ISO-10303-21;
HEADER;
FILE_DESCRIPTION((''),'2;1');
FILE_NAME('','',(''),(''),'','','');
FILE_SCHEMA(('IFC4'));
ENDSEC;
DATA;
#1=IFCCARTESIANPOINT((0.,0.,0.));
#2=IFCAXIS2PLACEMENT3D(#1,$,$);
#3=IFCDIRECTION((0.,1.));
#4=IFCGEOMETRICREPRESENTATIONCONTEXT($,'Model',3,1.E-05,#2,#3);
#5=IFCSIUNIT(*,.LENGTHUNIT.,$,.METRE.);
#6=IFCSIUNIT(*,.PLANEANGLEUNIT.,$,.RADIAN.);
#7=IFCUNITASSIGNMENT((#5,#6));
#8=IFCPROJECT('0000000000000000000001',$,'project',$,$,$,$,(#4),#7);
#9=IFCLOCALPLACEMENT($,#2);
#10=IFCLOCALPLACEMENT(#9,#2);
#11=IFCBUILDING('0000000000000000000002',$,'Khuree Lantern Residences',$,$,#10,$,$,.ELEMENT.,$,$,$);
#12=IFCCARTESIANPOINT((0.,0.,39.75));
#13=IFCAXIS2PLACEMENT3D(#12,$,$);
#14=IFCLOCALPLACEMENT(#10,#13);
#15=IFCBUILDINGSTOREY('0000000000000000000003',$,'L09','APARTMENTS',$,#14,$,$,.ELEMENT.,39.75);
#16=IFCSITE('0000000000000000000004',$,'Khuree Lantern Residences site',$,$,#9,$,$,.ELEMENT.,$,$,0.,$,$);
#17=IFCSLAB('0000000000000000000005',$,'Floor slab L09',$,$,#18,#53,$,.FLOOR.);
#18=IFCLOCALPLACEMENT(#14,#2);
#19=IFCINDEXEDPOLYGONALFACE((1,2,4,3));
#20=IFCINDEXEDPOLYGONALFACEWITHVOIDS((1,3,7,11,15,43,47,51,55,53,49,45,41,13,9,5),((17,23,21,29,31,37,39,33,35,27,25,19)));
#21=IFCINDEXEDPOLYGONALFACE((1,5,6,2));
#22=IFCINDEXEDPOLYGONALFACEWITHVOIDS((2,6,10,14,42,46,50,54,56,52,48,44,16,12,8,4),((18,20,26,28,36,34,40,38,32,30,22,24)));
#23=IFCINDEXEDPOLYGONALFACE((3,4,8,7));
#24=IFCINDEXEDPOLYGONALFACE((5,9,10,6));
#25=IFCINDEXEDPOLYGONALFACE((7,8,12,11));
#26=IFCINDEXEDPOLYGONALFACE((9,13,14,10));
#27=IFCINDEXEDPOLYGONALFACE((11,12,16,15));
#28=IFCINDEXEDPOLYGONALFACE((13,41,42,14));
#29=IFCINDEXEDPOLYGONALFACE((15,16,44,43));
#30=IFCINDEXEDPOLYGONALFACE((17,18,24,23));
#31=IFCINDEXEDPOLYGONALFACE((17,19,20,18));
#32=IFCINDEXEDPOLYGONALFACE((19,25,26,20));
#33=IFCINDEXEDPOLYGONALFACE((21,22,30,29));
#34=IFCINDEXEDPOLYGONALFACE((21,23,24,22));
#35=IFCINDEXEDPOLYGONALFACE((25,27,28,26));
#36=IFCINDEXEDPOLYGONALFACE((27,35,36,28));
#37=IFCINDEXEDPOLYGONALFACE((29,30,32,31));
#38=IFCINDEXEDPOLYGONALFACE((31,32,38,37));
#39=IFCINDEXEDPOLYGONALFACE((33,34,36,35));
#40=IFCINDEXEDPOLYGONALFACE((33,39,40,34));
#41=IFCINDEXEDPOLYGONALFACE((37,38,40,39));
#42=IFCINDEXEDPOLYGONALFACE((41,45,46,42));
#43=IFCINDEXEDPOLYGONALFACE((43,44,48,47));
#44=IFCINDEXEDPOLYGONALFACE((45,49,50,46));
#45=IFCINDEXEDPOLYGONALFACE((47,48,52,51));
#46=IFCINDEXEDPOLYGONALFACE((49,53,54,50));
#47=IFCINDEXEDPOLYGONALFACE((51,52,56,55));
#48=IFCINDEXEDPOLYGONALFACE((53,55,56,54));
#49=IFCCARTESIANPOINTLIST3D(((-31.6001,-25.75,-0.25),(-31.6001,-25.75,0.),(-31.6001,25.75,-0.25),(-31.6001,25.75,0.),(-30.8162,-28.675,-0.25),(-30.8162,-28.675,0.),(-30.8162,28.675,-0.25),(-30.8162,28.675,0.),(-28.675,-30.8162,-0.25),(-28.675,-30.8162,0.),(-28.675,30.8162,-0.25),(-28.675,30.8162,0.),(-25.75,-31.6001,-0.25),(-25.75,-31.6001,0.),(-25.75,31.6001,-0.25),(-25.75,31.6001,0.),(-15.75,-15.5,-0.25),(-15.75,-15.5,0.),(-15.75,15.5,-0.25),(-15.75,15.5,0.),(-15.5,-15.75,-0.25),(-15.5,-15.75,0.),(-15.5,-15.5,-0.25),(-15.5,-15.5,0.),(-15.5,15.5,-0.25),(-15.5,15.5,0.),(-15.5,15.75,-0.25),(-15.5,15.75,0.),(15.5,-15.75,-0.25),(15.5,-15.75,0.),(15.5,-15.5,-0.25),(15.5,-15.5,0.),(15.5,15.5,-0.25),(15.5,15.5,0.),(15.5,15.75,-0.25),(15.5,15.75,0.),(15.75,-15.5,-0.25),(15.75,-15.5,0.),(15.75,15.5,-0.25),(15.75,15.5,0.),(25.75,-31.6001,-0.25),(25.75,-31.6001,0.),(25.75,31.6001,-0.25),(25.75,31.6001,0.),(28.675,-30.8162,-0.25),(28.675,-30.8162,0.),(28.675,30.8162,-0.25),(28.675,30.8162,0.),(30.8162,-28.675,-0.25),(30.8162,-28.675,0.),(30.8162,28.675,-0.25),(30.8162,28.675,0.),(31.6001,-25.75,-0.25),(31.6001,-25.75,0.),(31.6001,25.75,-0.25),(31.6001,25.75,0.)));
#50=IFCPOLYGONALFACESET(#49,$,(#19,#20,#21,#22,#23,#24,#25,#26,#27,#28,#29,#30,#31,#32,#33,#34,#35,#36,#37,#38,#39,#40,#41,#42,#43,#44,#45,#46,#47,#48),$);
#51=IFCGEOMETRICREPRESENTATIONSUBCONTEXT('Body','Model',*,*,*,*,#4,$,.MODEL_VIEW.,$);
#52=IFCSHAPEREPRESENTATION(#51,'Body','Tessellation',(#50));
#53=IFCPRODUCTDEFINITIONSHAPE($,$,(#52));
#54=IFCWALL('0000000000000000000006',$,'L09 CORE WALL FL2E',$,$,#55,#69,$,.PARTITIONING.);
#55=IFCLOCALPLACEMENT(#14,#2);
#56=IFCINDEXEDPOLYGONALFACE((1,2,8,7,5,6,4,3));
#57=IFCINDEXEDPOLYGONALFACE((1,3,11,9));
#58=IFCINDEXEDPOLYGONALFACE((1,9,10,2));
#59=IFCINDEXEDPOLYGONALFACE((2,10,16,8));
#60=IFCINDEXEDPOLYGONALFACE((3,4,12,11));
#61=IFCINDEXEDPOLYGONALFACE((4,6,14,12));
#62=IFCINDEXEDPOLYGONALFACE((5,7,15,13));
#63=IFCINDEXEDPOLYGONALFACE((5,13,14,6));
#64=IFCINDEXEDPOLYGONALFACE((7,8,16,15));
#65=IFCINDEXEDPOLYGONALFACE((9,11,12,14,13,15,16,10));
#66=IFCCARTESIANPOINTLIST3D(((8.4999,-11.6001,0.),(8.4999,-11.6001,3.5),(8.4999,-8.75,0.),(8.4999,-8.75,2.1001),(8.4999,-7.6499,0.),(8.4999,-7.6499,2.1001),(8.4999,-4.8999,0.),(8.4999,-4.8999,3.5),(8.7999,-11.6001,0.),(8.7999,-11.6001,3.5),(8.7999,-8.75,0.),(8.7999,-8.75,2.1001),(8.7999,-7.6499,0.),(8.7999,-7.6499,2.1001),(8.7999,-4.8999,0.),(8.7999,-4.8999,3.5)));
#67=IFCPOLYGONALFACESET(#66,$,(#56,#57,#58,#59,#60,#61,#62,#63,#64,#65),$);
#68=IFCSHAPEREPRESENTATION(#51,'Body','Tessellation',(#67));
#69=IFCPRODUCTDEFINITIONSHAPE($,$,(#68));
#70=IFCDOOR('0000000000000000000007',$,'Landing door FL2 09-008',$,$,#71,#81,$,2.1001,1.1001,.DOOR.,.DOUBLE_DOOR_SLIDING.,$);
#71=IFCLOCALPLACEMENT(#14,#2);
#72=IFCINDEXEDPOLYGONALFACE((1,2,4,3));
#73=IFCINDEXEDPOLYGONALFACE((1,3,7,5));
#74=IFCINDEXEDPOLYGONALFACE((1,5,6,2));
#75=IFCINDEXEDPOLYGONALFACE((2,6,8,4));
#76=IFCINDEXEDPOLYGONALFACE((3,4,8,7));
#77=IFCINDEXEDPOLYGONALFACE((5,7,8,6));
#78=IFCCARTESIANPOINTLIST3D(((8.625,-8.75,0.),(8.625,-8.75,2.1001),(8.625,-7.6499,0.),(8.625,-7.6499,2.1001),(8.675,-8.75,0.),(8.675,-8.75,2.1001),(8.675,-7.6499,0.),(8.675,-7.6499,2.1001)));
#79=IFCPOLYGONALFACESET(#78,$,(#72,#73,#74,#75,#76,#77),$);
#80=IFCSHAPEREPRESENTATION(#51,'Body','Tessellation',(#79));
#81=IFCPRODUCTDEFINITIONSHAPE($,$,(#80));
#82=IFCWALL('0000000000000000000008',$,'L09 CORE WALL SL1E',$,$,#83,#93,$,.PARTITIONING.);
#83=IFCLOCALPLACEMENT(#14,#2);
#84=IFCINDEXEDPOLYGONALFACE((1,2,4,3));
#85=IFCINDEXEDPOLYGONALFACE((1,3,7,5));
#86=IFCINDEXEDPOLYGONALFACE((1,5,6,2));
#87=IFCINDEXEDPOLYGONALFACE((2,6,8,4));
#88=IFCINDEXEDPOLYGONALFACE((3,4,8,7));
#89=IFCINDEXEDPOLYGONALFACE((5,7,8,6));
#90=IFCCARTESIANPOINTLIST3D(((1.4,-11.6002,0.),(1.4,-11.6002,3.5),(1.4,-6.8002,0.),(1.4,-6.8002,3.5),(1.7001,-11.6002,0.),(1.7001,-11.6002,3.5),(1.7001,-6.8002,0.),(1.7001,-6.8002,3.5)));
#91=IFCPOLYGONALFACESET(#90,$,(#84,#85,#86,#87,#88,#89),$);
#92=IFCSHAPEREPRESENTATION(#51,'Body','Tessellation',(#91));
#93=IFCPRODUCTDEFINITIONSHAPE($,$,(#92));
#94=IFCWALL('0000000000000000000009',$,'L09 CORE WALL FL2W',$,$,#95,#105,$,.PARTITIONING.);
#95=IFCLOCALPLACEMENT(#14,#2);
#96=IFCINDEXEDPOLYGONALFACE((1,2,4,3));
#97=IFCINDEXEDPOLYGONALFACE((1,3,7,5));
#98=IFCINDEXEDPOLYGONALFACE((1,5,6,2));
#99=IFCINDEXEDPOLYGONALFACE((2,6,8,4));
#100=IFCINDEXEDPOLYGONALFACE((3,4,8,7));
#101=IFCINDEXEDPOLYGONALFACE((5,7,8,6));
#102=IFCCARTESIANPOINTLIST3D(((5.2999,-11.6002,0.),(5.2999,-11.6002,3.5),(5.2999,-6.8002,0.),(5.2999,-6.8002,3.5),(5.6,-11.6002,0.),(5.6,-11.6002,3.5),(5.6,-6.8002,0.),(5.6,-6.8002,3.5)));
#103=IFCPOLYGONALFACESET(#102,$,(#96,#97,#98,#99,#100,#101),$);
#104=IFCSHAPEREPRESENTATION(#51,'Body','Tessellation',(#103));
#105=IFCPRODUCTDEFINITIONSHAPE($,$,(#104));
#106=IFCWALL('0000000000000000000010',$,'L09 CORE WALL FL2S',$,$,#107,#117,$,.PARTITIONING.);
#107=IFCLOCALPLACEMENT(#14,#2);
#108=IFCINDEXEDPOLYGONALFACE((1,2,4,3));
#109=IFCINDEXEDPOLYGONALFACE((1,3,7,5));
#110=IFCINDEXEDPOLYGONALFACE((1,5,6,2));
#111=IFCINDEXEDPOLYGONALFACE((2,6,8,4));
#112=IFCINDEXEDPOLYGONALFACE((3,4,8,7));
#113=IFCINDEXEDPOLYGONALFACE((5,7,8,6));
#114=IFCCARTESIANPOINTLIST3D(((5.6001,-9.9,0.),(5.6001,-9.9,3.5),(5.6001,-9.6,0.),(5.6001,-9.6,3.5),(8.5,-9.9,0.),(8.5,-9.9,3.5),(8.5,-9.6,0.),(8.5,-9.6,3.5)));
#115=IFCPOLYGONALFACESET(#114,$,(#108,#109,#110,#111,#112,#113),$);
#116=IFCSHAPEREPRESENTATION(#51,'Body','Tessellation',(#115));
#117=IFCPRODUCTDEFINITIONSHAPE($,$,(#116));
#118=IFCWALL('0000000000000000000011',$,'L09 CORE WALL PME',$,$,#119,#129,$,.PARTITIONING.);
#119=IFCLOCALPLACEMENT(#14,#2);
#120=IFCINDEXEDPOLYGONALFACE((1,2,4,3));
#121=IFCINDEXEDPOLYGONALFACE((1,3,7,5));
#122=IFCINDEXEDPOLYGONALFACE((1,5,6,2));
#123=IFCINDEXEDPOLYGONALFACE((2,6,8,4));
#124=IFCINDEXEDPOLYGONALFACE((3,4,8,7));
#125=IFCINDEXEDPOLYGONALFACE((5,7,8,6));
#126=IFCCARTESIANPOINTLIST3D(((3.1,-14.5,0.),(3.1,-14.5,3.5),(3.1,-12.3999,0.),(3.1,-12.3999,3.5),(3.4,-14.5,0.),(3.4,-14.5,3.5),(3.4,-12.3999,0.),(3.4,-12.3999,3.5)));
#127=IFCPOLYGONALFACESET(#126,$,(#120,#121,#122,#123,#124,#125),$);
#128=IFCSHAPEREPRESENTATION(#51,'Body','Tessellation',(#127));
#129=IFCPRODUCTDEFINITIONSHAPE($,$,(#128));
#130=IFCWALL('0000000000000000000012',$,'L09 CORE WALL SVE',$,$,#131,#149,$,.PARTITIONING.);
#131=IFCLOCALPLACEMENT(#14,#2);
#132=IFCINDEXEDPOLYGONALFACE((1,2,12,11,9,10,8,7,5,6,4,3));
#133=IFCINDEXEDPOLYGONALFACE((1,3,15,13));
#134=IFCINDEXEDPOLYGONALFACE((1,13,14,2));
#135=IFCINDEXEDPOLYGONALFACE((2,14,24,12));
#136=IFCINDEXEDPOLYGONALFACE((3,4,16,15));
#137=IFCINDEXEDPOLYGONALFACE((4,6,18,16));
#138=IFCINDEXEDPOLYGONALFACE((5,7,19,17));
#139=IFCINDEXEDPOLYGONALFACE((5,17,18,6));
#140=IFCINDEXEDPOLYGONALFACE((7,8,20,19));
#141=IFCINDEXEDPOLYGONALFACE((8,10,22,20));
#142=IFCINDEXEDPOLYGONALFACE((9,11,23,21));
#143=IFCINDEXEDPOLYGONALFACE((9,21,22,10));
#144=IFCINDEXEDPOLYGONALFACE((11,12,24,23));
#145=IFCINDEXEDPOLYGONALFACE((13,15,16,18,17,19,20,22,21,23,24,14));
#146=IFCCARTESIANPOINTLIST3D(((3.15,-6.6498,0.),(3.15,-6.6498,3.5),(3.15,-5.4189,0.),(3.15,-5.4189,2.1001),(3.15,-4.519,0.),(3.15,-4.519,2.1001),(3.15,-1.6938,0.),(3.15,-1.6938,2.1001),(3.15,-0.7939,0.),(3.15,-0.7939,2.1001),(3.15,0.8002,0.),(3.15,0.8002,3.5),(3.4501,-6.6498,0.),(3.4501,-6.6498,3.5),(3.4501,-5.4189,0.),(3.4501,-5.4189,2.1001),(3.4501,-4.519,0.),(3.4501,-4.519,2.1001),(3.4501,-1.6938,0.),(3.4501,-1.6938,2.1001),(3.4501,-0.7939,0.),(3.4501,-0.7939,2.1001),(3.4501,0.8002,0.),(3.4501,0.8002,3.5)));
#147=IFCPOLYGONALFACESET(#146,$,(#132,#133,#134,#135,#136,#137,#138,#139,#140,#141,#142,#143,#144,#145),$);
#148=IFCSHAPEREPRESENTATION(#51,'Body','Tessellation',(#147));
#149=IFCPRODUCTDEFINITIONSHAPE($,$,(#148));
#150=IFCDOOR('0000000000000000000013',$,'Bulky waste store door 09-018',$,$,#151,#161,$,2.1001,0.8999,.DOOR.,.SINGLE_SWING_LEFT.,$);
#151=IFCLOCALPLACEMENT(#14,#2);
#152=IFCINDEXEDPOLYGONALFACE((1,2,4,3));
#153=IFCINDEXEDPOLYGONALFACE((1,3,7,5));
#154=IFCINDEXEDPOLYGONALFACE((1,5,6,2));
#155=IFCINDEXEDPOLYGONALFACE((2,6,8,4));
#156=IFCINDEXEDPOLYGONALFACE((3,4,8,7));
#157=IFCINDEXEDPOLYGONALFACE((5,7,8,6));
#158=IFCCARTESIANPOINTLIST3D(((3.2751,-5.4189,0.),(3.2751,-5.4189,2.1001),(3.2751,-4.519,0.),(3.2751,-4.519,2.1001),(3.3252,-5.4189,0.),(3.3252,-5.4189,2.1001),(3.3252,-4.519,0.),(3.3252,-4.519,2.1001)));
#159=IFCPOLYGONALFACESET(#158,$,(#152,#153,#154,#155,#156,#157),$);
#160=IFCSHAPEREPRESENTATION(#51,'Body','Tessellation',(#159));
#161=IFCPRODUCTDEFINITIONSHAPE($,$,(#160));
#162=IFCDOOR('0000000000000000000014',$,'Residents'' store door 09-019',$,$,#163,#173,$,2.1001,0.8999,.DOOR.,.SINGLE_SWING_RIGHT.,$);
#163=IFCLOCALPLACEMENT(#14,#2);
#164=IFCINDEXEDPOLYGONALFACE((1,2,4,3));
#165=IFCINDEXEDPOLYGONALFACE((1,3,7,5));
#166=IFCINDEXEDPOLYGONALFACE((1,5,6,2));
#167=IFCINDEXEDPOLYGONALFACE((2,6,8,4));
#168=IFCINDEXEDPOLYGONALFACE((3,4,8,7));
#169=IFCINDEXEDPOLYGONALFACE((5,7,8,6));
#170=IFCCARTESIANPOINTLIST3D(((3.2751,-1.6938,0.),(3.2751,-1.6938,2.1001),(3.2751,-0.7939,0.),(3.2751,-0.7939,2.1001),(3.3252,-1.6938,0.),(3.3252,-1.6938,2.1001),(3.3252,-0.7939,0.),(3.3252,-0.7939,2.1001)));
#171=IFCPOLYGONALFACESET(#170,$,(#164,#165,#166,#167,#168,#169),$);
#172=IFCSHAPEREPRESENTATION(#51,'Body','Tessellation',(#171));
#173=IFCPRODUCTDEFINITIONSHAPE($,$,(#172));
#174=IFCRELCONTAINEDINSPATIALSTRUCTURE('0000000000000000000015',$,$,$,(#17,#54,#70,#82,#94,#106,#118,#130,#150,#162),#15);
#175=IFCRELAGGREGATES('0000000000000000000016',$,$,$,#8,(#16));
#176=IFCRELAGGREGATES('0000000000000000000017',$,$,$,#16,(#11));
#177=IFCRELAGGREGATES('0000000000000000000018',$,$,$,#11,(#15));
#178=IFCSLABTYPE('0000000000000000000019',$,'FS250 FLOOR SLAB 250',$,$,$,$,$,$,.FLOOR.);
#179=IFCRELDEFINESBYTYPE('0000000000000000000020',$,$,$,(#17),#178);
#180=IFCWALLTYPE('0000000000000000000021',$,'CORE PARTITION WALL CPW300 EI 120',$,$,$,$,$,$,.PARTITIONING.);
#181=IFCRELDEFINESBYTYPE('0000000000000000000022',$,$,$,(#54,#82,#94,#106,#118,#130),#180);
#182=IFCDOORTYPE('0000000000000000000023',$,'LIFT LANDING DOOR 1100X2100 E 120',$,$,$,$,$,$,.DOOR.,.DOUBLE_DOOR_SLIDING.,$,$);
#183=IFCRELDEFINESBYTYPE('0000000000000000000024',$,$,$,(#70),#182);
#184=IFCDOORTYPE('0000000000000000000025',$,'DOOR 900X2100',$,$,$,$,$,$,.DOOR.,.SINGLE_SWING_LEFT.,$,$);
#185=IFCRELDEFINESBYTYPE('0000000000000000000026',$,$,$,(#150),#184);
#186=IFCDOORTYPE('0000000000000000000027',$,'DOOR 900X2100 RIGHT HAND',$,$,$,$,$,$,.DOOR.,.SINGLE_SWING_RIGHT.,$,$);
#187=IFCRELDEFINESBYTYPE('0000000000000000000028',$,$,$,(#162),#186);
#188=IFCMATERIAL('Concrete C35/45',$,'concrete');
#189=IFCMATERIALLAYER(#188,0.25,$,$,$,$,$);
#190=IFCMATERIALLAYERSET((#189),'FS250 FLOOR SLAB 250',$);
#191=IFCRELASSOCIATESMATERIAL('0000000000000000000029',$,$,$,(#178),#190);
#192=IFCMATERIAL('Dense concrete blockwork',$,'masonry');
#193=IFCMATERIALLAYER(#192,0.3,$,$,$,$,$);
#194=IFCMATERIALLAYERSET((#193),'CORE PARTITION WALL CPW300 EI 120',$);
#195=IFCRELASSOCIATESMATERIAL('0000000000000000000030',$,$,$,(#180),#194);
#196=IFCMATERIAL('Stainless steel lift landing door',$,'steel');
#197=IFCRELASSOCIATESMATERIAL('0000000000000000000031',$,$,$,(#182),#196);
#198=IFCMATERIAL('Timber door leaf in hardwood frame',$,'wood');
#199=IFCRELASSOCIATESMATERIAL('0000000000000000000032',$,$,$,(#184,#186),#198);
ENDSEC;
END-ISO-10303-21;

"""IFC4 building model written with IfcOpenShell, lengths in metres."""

from ifc_helpers import new_model, si_unit, direction, frame, frame_2d, origin, place, context, subcontext, project, spatial, polyline, rectangle, outline, extrude, material, layer, layer_set, type_object, element, fill, save


model = new_model("IFC4")

# Units and contexts
model_context = context("Model", 3, precision=1e-05, world=origin(), true_north=direction((0.0, 1.0)))
body_context = subcontext(model_context, "Body", "Model", "MODEL_VIEW")
ifc_project = project(units=[si_unit("LENGTHUNIT", "METRE"), si_unit("PLANEANGLEUNIT", "RADIAN")], contexts=[model_context])

# Site, building, storey
site_placement = place(None, origin())
site = spatial("IfcSite", under=ifc_project, at=site_placement, Name="Khuree Lantern Residences site", CompositionType="ELEMENT", RefElevation=0.0)
building_placement = place(site_placement, origin())
building = spatial("IfcBuilding", under=site, at=building_placement, Name="Khuree Lantern Residences", CompositionType="ELEMENT")
storey_placement = place(building_placement, frame((0.0, 0.0, 39.75)))
storey = spatial("IfcBuildingStorey", under=building, at=storey_placement, Name="L09", Description="APARTMENTS", CompositionType="ELEMENT", Elevation=39.75)

# Slab
ifc_material_1 = material(Name="Concrete C35/45", Category="concrete")
ifc_layer_1 = layer(ifc_material_1, 0.25)
ifc_layer_set_1 = layer_set([ifc_layer_1], Name="FS250 FLOOR SLAB 250")
slab_type = type_object("IfcSlabType", Name="FS250 FLOOR SLAB 250", PredefinedType="FLOOR", material=ifc_layer_set_1)
slab_placement = place(storey_placement, frame((0.0, 0.0, -0.25)))
element("IfcSlab", 1, at=slab_placement, inside=storey, type_object=slab_type, Name="Floor slab L09", PredefinedType="FLOOR", context=body_context, shape_type="SweptSolid", body=[
    extrude(outline(polyline([(-28.675, -30.8162), (-30.8162, -28.675), (-31.6001, -25.75), (-31.6001, 25.75), (-30.8162, 28.675), (-28.675, 30.8162), (-25.75, 31.6001), (25.75, 31.6001), (28.675, 30.8162), (30.8162, 28.675), (31.6001, 25.75), (31.6001, -25.75), (30.8162, -28.675), (28.675, -30.8162), (25.75, -31.6001), (-25.75, -31.6001), (-28.675, -30.8162)]), holes=[polyline([(15.75, 15.5), (15.5, 15.5), (15.5, 15.75), (-15.5, 15.75), (-15.5, 15.5), (-15.75, 15.5), (-15.75, -15.5), (-15.5, -15.5), (-15.5, -15.75), (15.5, -15.75), (15.5, -15.5), (15.75, -15.5), (15.75, 15.5)])]), origin(), (0.0, 0.0, 1.0), 0.25),
])

# Wall, opening, door
ifc_material_2 = material(Name="Dense concrete blockwork", Category="masonry")
ifc_layer_2 = layer(ifc_material_2, 0.3)
ifc_layer_set_2 = layer_set([ifc_layer_2], Name="CORE PARTITION WALL CPW300 EI 120")
wall_type_1 = type_object("IfcWallType", Name="CORE PARTITION WALL CPW300 EI 120", PredefinedType="PARTITIONING", material=ifc_layer_set_2)
wall_1_placement = place(storey_placement, frame((8.6499, -11.6001, 0.0), z_axis=(0.0, 0.0, 1.0), x_axis=(0.0, 1.0, 0.0)))
wall_1 = element("IfcWall", 2, at=wall_1_placement, inside=storey, type_object=wall_type_1, Name="L09 CORE WALL FL2E", PredefinedType="PARTITIONING", context=body_context, shape_type="SweptSolid", body=[
    extrude(rectangle(XDim=6.7002, YDim=0.3, at=frame_2d((3.3501, 0.0))), origin(), (0.0, 0.0, 1.0), 3.5),
])
opening_1_placement = place(wall_1_placement, frame((2.8501, 0.0, 0.0)))
opening_1 = element("IfcOpeningElement", 3, at=opening_1_placement, cuts=wall_1, PredefinedType="OPENING", context=body_context, shape_type="SweptSolid", body=[
    extrude(rectangle(XDim=1.1001, YDim=2.1001, at=frame_2d((0.55, 1.05))), frame((0.0, 0.1602, 0.0), z_axis=(0.0, -1.0, 0.0), x_axis=(1.0, 0.0, 0.0)), (0.0, 0.0, 1.0), 0.3201),
])
ifc_material_3 = material(Name="Stainless steel lift landing door", Category="steel")
door_type_1 = type_object("IfcDoorType", Name="LIFT LANDING DOOR 1100X2100 E 120", OperationType="DOUBLE_DOOR_SLIDING", PredefinedType="DOOR", material=ifc_material_3)
door_1_placement = place(opening_1_placement, origin())
door_1 = element("IfcDoor", 4, at=door_1_placement, inside=storey, type_object=door_type_1, Name="Landing door FL2 09-008", OperationType="DOUBLE_DOOR_SLIDING", OverallHeight=2.1001, OverallWidth=1.1001, PredefinedType="DOOR", context=body_context, shape_type="SweptSolid", body=[
    extrude(rectangle(XDim=1.1001, YDim=2.1001, at=frame_2d((0.55, 1.05))), frame((0.0, 0.0249, 0.0), z_axis=(0.0, -1.0, 0.0), x_axis=(1.0, 0.0, 0.0)), (0.0, 0.0, 1.0), 0.05),
])
fill(opening_1, door_1)

# Walls
for number, where, z_axis, x_axis, name in (
    (5, (1.55, -11.6001, 0.0), (0.0, 0.0, 1.0), (0.0, 1.0, 0.0), "L09 CORE WALL SL1E"),
    (6, (5.45, -11.6001, 0.0), (0.0, 0.0, 1.0), (0.0, 1.0, 0.0), "L09 CORE WALL FL2W"),
):
    element("IfcWall", number, at=place(storey_placement, frame(where, z_axis=z_axis, x_axis=x_axis)), inside=storey, type_object=wall_type_1, Name=name, PredefinedType="PARTITIONING", context=body_context, shape_type="SweptSolid", body=[
        extrude(rectangle(XDim=4.8, YDim=0.3, at=frame_2d((2.3999, 0.0))), origin(), (0.0, 0.0, 1.0), 3.5),
    ])
wall_2_placement = place(storey_placement, frame((5.6001, -9.75, 0.0), z_axis=(0.0, 0.0, 1.0), x_axis=(1.0, 0.0, 0.0)))
element("IfcWall", 7, at=wall_2_placement, inside=storey, type_object=wall_type_1, Name="L09 CORE WALL FL2S", PredefinedType="PARTITIONING", context=body_context, shape_type="SweptSolid", body=[
    extrude(rectangle(XDim=2.8999, YDim=0.3, at=frame_2d((1.45, 0.0))), origin(), (0.0, 0.0, 1.0), 3.5),
])
wall_3_placement = place(storey_placement, frame((3.25, -14.5, 0.0), z_axis=(0.0, 0.0, 1.0), x_axis=(0.0, 1.0, 0.0)))
element("IfcWall", 8, at=wall_3_placement, inside=storey, type_object=wall_type_1, Name="L09 CORE WALL PME", PredefinedType="PARTITIONING", context=body_context, shape_type="SweptSolid", body=[
    extrude(rectangle(XDim=2.1001, YDim=0.3, at=frame_2d((1.05, 0.0))), origin(), (0.0, 0.0, 1.0), 3.5),
])

# Wall, openings, doors
wall_4_placement = place(storey_placement, frame((3.3, -6.6499, 0.0), z_axis=(0.0, 0.0, 1.0), x_axis=(0.0, 1.0, 0.0)))
wall_4 = element("IfcWall", 9, at=wall_4_placement, inside=storey, type_object=wall_type_1, Name="L09 CORE WALL SVE", PredefinedType="PARTITIONING", context=body_context, shape_type="SweptSolid", body=[
    extrude(rectangle(XDim=7.45, YDim=0.3, at=frame_2d((3.7251, 0.0))), origin(), (0.0, 0.0, 1.0), 3.5),
])
opening_2_placement = place(wall_4_placement, frame((1.231, 0.0, 0.0)))
opening_2 = element("IfcOpeningElement", 10, at=opening_2_placement, cuts=wall_4, PredefinedType="OPENING", context=body_context, shape_type="SweptSolid", body=[
    extrude(rectangle(XDim=0.8999, YDim=2.1001, at=frame_2d((0.45, 1.05))), frame((0.0, 0.1602, 0.0), z_axis=(0.0, -1.0, 0.0), x_axis=(1.0, 0.0, 0.0)), (0.0, 0.0, 1.0), 0.3201),
])
opening_3_placement = place(wall_4_placement, frame((4.9561, 0.0, 0.0)))
opening_3 = element("IfcOpeningElement", 11, at=opening_3_placement, cuts=wall_4, PredefinedType="OPENING", context=body_context, shape_type="SweptSolid", body=[
    extrude(rectangle(XDim=0.8999, YDim=2.1001, at=frame_2d((0.45, 1.05))), frame((0.0, 0.1602, 0.0), z_axis=(0.0, -1.0, 0.0), x_axis=(1.0, 0.0, 0.0)), (0.0, 0.0, 1.0), 0.3201),
])
ifc_material_4 = material(Name="Timber door leaf in hardwood frame", Category="wood")
door_type_2 = type_object("IfcDoorType", Name="DOOR 900X2100", OperationType="SINGLE_SWING_LEFT", PredefinedType="DOOR", material=ifc_material_4)
door_2_placement = place(opening_2_placement, origin())
door_2 = element("IfcDoor", 12, at=door_2_placement, inside=storey, type_object=door_type_2, Name="Bulky waste store door 09-018", OperationType="SINGLE_SWING_LEFT", OverallHeight=2.1001, OverallWidth=0.8999, PredefinedType="DOOR", context=body_context, shape_type="SweptSolid", body=[
    extrude(rectangle(XDim=0.8999, YDim=2.1001, at=frame_2d((0.45, 1.05))), frame((0.0, 0.0249, 0.0), z_axis=(0.0, -1.0, 0.0), x_axis=(1.0, 0.0, 0.0)), (0.0, 0.0, 1.0), 0.05),
])
fill(opening_2, door_2)
door_type_3 = type_object("IfcDoorType", Name="DOOR 900X2100 RIGHT HAND", OperationType="SINGLE_SWING_RIGHT", PredefinedType="DOOR", material=ifc_material_4)
door_3_placement = place(opening_3_placement, origin())
door_3 = element("IfcDoor", 13, at=door_3_placement, inside=storey, type_object=door_type_3, Name="Residents' store door 09-019", OperationType="SINGLE_SWING_RIGHT", OverallHeight=2.1001, OverallWidth=0.8999, PredefinedType="DOOR", context=body_context, shape_type="SweptSolid", body=[
    extrude(rectangle(XDim=0.8999, YDim=2.1001, at=frame_2d((0.45, 1.05))), frame((0.0, 0.0249, 0.0), z_axis=(0.0, -1.0, 0.0), x_axis=(1.0, 0.0, 0.0)), (0.0, 0.0, 1.0), 0.05),
])
fill(opening_3, door_3)

save(model, "model.ifc")
